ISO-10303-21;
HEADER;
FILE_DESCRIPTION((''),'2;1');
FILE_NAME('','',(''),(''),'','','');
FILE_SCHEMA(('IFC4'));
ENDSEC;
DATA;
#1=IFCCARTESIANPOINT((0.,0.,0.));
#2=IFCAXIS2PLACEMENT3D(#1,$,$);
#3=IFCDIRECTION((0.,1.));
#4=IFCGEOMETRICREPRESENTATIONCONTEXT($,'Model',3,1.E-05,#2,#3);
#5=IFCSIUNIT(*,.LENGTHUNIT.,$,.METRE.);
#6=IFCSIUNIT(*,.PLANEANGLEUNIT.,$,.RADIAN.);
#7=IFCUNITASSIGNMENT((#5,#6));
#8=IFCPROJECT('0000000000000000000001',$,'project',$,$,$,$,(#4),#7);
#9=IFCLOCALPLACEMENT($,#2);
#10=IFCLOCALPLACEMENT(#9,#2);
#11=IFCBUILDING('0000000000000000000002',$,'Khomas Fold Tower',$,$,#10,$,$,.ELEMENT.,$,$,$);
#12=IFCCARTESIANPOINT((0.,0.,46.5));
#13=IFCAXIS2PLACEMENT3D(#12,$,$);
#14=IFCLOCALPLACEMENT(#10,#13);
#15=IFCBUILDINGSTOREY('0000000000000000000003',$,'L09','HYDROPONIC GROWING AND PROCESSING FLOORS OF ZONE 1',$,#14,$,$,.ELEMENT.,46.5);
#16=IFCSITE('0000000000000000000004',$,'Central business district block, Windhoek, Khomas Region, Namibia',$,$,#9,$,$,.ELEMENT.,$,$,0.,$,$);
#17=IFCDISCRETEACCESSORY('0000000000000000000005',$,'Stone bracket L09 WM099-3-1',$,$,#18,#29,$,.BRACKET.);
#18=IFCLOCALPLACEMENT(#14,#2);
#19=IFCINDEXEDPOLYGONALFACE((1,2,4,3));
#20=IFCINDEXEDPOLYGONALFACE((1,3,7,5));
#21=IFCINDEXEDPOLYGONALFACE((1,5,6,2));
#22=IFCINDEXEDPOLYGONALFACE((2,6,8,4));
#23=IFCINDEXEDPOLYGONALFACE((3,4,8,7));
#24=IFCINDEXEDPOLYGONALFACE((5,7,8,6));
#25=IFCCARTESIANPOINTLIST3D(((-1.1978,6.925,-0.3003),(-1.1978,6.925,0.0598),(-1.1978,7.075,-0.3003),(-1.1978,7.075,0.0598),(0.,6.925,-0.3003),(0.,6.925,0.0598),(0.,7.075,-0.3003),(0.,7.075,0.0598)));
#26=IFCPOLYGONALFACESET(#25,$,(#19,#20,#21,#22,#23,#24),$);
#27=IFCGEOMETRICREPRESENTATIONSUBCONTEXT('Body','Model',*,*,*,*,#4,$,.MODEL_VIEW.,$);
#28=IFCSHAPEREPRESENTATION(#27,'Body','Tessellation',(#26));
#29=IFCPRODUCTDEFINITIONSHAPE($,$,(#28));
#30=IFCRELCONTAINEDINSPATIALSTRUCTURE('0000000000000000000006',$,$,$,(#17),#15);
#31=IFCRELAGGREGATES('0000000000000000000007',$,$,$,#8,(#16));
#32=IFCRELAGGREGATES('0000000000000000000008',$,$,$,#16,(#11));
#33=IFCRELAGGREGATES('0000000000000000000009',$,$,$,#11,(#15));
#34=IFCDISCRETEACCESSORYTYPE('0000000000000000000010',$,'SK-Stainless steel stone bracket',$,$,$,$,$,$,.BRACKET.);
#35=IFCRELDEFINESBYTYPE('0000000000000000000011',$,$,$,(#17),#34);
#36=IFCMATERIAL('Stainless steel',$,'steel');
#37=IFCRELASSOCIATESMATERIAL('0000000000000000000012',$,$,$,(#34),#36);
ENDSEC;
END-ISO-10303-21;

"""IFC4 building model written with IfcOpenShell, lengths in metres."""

from ifc_helpers import new_model, si_unit, direction, frame, origin, origin_2d, place, context, subcontext, project, spatial, rectangle, extrude, source, transform, mapped, material, type_object, element, save


model = new_model("IFC4")

# Units and contexts
model_context = context("Model", 3, precision=1e-05, world=origin(), true_north=direction((0.0, 1.0)))
body_context = subcontext(model_context, "Body", "Model", "MODEL_VIEW")
ifc_project = project(units=[si_unit("LENGTHUNIT", "METRE"), si_unit("PLANEANGLEUNIT", "RADIAN")], contexts=[model_context])

# Site, building, storey
site_placement = place(None, origin())
site = spatial("IfcSite", under=ifc_project, at=site_placement, Name="Central business district block, Windhoek, Khomas Region, Namibia", CompositionType="ELEMENT", RefElevation=0.0)
building_placement = place(site_placement, origin())
building = spatial("IfcBuilding", under=site, at=building_placement, Name="Khomas Fold Tower", CompositionType="ELEMENT")
storey_placement = place(building_placement, frame((0.0, 0.0, 46.5)))
storey = spatial("IfcBuildingStorey", under=building, at=storey_placement, Name="L09", Description="HYDROPONIC GROWING AND PROCESSING FLOORS OF ZONE 1", CompositionType="ELEMENT", Elevation=46.5)

# Discrete accessory
ifc_material_1 = material(Name="Stainless steel", Category="steel")
discrete_accessory_type = type_object("IfcDiscreteAccessoryType", Name="SK-Stainless steel stone bracket", PredefinedType="BRACKET", material=ifc_material_1)
shared_shape_1 = source(origin(), body_context, "Body", "SweptSolid", [
    extrude(rectangle(XDim=1.1978, YDim=0.1499, at=origin_2d()), origin(), (0.0, 0.0, 1.0), 0.3601),
])
discrete_accessory_1_placement = place(storey_placement, frame((-0.5989, 7.0, -0.3003), z_axis=(0.0, 0.0, 1.0), x_axis=(-1.0, 0.0, 0.0)))
element("IfcDiscreteAccessory", 1, at=discrete_accessory_1_placement, inside=storey, type_object=discrete_accessory_type, Name="Stone bracket L09 WM099-3-1", PredefinedType="BRACKET", context=body_context, shape_type="MappedRepresentation", body=[
    mapped(shared_shape_1, transform((0.0, 0.0, 0.0))),
])

save(model, "model.ifc")
